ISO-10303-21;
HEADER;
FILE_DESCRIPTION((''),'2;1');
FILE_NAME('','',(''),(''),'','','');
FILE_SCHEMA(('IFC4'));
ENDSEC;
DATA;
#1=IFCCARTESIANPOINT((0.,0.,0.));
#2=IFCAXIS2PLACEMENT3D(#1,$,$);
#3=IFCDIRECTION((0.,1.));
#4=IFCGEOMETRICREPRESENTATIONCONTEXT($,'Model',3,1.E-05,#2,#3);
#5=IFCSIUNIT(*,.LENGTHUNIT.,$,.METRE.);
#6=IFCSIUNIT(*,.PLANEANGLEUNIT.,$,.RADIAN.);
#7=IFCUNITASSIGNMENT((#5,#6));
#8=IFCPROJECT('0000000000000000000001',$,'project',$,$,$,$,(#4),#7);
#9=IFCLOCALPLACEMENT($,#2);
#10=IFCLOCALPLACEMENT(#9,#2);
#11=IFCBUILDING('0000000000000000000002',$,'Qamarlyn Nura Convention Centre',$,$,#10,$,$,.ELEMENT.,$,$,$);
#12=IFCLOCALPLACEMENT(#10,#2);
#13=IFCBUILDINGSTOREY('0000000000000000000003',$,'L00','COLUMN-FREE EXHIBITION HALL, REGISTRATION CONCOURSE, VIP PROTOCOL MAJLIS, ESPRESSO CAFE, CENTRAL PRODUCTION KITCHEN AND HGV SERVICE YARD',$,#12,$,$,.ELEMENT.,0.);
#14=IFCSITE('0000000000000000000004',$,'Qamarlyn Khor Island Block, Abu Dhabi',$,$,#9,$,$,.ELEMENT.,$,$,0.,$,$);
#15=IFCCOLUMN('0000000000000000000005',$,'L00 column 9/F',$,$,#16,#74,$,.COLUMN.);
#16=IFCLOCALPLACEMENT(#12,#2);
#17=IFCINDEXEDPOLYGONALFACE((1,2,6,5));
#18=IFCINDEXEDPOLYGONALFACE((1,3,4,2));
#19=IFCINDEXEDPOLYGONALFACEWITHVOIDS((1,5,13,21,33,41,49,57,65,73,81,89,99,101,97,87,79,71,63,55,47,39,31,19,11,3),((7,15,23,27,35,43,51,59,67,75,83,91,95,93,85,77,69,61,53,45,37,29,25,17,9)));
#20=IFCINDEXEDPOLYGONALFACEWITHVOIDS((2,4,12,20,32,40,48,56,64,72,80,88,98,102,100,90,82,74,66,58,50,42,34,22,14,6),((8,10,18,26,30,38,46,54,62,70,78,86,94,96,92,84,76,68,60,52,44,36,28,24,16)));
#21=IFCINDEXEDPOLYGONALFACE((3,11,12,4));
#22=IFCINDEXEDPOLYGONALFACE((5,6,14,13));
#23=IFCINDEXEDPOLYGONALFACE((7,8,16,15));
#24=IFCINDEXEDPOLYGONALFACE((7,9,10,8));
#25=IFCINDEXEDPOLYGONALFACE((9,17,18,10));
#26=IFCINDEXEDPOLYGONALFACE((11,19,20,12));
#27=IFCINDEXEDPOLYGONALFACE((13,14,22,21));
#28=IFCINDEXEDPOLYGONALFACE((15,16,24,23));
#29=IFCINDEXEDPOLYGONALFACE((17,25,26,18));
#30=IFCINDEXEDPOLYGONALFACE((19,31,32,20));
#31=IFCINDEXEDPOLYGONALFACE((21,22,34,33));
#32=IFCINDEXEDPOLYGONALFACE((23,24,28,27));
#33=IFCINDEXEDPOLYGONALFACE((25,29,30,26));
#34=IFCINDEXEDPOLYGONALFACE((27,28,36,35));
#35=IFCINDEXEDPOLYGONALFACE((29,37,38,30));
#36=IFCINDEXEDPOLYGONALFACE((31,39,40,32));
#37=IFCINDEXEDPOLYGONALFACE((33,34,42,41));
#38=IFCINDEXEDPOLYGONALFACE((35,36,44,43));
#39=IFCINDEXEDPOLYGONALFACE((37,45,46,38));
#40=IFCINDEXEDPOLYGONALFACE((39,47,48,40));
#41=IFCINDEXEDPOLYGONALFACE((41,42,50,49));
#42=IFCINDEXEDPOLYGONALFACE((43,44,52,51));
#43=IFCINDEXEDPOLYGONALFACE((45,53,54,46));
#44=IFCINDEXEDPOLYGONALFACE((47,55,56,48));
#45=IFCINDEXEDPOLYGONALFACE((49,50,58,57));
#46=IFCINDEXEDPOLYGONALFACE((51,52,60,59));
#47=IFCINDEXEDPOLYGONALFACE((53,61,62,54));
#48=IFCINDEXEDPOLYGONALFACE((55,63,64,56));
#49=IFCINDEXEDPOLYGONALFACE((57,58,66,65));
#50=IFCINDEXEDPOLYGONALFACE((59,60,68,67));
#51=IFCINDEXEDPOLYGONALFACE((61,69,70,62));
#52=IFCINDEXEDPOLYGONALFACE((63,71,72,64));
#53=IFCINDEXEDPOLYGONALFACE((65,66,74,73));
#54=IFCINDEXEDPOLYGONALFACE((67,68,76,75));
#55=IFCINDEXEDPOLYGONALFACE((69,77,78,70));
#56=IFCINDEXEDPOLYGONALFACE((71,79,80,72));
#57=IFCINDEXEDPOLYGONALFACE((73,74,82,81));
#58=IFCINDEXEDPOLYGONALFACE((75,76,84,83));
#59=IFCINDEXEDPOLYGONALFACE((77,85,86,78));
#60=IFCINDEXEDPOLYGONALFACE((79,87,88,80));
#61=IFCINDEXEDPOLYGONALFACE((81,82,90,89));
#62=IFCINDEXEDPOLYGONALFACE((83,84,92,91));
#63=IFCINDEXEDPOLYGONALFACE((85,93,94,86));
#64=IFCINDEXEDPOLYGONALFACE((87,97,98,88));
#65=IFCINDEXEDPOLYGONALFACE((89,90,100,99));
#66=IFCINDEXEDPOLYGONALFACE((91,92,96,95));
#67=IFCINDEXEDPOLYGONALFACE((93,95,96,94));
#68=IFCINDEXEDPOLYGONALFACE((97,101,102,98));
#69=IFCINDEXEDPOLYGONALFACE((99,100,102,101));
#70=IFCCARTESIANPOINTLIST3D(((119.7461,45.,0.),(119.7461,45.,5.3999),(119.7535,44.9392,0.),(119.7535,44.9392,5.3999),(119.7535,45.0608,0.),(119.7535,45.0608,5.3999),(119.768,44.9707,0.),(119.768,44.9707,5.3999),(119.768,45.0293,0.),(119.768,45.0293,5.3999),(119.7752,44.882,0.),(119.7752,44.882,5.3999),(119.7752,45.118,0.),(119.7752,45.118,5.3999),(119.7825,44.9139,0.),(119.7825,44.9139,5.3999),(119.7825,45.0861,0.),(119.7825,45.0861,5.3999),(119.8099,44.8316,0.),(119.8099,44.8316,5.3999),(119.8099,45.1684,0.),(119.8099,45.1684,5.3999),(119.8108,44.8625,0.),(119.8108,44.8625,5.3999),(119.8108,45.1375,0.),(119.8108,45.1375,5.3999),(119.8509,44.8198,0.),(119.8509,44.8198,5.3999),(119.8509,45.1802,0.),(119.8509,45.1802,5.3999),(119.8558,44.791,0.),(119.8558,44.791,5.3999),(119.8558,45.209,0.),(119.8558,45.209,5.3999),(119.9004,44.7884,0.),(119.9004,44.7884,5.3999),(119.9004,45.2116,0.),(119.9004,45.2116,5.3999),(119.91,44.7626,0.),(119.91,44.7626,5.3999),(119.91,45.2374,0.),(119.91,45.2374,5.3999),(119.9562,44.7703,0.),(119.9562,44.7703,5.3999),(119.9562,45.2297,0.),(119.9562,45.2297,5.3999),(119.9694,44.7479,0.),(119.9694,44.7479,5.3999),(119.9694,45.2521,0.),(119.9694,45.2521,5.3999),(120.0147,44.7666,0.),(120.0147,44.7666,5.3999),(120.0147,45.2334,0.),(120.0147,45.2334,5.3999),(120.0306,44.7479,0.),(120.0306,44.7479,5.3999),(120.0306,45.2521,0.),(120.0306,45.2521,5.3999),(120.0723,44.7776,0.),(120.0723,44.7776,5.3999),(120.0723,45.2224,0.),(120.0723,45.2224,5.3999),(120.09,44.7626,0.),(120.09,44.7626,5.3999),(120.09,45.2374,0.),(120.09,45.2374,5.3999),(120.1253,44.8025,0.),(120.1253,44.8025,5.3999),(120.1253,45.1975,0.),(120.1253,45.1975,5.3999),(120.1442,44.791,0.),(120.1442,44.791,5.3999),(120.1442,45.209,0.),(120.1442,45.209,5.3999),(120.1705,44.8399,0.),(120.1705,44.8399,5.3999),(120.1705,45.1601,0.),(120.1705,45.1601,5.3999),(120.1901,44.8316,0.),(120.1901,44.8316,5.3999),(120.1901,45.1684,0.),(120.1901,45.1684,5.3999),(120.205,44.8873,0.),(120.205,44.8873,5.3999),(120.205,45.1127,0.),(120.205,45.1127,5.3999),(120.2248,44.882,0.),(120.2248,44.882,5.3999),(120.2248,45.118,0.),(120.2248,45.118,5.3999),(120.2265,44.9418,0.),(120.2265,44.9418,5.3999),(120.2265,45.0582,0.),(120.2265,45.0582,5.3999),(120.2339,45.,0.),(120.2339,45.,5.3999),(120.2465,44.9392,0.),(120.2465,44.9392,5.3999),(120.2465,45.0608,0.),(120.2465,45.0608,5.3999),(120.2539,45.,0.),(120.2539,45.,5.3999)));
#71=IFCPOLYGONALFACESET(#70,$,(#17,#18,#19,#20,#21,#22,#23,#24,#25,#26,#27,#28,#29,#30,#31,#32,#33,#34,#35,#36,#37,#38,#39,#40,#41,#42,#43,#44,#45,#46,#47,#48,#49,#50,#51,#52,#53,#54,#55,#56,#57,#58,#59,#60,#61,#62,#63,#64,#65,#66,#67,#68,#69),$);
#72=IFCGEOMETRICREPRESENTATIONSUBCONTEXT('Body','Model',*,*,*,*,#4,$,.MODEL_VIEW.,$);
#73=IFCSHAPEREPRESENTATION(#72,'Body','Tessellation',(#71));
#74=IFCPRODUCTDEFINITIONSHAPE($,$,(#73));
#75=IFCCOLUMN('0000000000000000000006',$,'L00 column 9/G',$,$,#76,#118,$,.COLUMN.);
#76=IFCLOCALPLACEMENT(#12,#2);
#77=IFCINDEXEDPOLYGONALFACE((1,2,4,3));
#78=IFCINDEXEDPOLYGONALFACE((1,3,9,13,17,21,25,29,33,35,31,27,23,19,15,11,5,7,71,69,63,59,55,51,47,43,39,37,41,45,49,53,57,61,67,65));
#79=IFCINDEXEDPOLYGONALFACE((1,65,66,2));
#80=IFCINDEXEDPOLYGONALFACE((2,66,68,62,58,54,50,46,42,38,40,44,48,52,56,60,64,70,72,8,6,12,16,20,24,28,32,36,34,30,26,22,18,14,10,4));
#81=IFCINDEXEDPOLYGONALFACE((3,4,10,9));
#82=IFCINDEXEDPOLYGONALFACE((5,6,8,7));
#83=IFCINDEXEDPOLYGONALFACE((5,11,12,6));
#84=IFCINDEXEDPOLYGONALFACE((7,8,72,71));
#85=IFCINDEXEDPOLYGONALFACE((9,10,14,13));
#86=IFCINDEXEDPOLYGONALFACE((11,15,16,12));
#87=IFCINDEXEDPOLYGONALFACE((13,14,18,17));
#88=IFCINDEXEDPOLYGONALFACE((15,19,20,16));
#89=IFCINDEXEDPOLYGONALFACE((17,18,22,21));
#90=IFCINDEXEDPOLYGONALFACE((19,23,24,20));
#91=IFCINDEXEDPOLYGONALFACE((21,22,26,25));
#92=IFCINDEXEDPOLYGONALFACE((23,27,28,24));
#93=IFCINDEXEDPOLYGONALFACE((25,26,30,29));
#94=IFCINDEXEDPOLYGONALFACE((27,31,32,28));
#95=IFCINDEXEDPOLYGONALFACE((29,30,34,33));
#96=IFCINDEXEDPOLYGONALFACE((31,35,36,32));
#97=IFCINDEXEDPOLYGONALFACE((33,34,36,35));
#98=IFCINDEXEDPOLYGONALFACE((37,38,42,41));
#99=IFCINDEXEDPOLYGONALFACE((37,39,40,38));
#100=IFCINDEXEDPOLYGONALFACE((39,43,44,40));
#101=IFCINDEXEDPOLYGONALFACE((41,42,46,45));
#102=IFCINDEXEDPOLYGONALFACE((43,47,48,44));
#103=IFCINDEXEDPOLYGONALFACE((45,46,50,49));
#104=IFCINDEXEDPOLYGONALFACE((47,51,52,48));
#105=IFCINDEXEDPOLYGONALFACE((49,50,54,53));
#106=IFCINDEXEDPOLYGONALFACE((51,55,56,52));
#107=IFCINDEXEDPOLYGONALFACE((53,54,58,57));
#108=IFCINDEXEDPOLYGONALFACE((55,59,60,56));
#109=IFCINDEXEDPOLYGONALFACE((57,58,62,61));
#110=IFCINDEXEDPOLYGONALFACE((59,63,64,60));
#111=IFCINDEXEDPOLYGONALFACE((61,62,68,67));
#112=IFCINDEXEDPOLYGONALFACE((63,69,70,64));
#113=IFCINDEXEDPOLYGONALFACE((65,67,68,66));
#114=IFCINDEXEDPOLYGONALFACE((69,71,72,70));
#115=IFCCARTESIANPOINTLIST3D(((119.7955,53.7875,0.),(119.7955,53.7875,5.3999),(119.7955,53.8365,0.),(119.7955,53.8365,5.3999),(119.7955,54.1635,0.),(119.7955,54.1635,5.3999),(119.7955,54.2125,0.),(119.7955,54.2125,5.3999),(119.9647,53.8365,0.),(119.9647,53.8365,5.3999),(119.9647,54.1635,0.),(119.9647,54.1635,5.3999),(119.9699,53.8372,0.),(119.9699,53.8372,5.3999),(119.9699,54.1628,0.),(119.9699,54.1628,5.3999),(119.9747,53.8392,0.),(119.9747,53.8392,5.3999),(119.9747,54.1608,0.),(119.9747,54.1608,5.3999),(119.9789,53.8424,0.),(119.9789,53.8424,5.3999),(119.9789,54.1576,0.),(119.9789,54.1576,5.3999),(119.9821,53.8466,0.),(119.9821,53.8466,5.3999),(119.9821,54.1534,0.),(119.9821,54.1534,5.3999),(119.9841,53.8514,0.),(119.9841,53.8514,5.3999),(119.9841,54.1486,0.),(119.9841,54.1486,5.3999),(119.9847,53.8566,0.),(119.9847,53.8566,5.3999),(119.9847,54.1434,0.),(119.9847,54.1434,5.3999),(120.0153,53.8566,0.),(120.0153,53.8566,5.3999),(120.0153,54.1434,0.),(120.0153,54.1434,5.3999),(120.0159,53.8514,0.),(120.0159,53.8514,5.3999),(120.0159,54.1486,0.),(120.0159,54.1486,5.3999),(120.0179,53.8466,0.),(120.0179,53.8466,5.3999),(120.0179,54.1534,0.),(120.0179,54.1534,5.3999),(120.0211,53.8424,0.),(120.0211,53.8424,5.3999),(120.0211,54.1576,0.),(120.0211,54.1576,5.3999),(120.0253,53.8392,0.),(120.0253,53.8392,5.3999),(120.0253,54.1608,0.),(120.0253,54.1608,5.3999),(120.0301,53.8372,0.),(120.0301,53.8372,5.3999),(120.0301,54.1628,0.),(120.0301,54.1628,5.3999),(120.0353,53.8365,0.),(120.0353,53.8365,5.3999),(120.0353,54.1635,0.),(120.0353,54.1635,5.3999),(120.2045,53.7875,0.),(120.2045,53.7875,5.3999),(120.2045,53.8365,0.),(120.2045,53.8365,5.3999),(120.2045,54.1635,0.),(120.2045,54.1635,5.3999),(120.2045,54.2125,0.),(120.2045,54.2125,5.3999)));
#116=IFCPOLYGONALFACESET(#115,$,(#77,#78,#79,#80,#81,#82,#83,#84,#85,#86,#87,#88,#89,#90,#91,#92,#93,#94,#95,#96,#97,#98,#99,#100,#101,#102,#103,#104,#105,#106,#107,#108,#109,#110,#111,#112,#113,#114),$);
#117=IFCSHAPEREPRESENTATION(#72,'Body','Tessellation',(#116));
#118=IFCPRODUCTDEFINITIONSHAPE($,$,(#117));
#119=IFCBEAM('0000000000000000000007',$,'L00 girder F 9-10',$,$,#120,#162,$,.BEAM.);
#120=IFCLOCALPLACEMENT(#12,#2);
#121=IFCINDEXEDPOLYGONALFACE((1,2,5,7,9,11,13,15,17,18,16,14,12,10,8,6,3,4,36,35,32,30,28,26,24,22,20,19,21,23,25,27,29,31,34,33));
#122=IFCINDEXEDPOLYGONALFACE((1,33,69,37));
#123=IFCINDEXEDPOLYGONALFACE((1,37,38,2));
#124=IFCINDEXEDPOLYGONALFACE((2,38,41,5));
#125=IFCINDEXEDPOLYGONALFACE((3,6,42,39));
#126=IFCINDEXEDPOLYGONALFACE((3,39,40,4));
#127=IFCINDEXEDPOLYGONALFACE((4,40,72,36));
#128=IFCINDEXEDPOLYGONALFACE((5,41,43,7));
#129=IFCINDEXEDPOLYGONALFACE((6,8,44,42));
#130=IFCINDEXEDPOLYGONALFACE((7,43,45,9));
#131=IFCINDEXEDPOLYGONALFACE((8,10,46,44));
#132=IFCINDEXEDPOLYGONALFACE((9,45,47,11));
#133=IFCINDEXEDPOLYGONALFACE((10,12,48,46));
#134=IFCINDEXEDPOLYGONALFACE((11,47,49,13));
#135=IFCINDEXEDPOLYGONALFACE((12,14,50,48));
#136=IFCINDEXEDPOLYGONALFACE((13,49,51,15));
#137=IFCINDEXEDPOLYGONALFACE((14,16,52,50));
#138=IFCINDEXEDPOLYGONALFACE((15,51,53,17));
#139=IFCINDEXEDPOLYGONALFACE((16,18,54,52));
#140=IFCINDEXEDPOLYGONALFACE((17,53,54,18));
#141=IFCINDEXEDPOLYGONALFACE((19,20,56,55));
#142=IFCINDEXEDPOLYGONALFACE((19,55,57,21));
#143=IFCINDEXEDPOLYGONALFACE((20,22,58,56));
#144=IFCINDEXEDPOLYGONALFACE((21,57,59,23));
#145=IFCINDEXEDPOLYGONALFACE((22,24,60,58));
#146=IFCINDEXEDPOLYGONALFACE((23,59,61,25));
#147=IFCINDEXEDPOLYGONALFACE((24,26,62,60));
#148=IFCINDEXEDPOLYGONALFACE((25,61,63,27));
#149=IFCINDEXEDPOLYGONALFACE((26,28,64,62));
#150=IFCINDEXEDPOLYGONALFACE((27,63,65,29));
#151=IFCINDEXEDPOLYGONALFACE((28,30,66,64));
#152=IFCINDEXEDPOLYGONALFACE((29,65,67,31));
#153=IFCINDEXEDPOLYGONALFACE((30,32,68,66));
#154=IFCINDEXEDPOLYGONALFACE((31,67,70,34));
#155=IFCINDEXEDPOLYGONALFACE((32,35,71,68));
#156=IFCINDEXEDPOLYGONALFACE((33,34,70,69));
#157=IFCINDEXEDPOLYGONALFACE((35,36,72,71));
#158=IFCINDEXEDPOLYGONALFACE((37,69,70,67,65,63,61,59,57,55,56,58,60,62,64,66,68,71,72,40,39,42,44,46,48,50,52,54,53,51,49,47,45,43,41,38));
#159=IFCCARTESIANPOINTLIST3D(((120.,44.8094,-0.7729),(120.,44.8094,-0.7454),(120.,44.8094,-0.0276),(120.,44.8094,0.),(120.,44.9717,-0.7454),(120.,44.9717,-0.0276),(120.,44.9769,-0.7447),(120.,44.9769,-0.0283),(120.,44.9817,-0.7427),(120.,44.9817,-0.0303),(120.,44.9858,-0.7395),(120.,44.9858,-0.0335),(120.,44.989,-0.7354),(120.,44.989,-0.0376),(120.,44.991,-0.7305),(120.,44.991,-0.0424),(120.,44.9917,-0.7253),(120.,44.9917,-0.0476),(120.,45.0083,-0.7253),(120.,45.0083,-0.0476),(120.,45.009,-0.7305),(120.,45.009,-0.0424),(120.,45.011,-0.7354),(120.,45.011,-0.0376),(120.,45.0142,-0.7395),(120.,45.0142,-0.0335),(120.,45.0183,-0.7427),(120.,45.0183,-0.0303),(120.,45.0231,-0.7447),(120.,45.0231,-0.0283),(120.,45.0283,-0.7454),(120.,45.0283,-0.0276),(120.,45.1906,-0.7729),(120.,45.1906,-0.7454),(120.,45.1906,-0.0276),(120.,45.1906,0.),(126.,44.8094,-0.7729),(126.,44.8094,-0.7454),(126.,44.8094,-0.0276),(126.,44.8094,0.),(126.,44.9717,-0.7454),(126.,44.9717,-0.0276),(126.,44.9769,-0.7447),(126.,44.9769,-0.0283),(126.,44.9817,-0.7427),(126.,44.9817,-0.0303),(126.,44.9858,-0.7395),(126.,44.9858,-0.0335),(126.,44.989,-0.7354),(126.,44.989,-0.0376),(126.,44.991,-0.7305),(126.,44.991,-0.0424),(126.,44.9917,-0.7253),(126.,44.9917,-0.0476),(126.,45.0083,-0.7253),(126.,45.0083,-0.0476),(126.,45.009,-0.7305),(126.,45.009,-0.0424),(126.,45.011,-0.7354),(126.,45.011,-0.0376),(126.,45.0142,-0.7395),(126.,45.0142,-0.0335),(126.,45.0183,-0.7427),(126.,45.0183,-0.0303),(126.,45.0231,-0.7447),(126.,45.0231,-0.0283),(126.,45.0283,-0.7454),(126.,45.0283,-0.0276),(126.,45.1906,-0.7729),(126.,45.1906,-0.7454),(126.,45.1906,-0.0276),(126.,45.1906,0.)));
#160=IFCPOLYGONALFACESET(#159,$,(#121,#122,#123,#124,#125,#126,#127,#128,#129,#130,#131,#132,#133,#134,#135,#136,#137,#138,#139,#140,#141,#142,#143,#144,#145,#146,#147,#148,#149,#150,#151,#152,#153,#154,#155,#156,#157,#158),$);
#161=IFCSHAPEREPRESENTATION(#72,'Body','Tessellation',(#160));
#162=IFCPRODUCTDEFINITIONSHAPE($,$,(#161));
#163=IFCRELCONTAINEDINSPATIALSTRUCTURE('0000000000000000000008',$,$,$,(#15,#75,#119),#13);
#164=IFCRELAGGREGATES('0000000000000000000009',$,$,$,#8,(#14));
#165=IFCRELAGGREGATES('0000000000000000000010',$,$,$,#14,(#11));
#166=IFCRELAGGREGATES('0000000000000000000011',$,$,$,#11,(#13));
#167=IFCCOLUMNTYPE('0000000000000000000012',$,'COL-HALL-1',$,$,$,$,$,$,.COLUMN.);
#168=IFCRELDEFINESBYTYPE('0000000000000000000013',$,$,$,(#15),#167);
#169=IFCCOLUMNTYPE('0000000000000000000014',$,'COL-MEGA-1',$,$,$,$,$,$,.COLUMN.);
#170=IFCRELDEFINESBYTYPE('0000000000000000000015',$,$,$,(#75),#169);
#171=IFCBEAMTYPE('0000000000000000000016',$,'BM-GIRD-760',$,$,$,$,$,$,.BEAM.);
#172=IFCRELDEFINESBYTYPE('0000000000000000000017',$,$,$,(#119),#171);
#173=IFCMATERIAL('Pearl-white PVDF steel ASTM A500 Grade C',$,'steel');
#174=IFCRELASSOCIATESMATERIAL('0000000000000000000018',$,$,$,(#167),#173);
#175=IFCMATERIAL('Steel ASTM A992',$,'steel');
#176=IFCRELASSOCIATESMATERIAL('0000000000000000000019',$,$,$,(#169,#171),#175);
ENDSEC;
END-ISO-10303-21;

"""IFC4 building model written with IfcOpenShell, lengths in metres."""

from ifc_helpers import new_model, si_unit, direction, frame, origin, origin_2d, place, context, subcontext, project, spatial, hollow_circle, i_section, extrude, material, material_profile, profile_set, type_object, element, save


model = new_model("IFC4")

# Units and contexts
model_context = context("Model", 3, precision=1e-05, world=origin(), true_north=direction((0.0, 1.0)))
body_context = subcontext(model_context, "Body", "Model", "MODEL_VIEW")
ifc_project = project(units=[si_unit("LENGTHUNIT", "METRE"), si_unit("PLANEANGLEUNIT", "RADIAN")], contexts=[model_context])

# Site, building, storey
site_placement = place(None, origin())
site = spatial("IfcSite", under=ifc_project, at=site_placement, Name="Qamarlyn Khor Island Block, Abu Dhabi", CompositionType="ELEMENT", RefElevation=0.0)
building_placement = place(site_placement, origin())
building = spatial("IfcBuilding", under=site, at=building_placement, Name="Qamarlyn Nura Convention Centre", CompositionType="ELEMENT")
storey_placement = place(building_placement, origin())
storey = spatial("IfcBuildingStorey", under=building, at=storey_placement, Name="L00", Description="COLUMN-FREE EXHIBITION HALL, REGISTRATION CONCOURSE, VIP PROTOCOL MAJLIS, ESPRESSO CAFE, CENTRAL PRODUCTION KITCHEN AND HGV SERVICE YARD", CompositionType="ELEMENT", Elevation=0.0)

# Columns
ifc_material_1 = material(Name="Pearl-white PVDF steel ASTM A500 Grade C", Category="steel")
ifc_material_profile_1 = material_profile(ifc_material_1, hollow_circle(Radius=0.2539, WallThickness=0.02, at=origin_2d()), Name="CHS508X20")
ifc_profile_set_1 = profile_set([ifc_material_profile_1], Name="Pearl-white PVDF steel ASTM A500 Grade C")
column_type_1 = type_object("IfcColumnType", Name="COL-HALL-1", PredefinedType="COLUMN", material=ifc_profile_set_1)
column_1_placement = place(storey_placement, frame((120.0, 45.0, 0.0), z_axis=(0.0, 0.0, 1.0), x_axis=(1.0, 0.0, 0.0)))
element("IfcColumn", 1, at=column_1_placement, inside=storey, type_object=column_type_1, Name="L00 column 9/F", PredefinedType="COLUMN", context=body_context, shape_type="SweptSolid", body=[
    extrude(hollow_circle(Radius=0.2539, WallThickness=0.02, at=origin_2d()), origin(), (0.0, 0.0, 1.0), 5.3999),
])
ifc_material_2 = material(Name="Steel ASTM A992", Category="steel")
ifc_material_profile_2 = material_profile(ifc_material_2, i_section(OverallWidth=0.4089, OverallDepth=0.425, WebThickness=0.0305, FlangeThickness=0.0491, FilletRadius=0.02, at=origin_2d()), Name="W360X421")
ifc_profile_set_2 = profile_set([ifc_material_profile_2], Name="Steel ASTM A992")
column_type_2 = type_object("IfcColumnType", Name="COL-MEGA-1", PredefinedType="COLUMN", material=ifc_profile_set_2)
column_2_placement = place(storey_placement, frame((120.0, 54.0, 0.0), z_axis=(0.0, 0.0, 1.0), x_axis=(1.0, 0.0, 0.0)))
element("IfcColumn", 2, at=column_2_placement, inside=storey, type_object=column_type_2, Name="L00 column 9/G", PredefinedType="COLUMN", context=body_context, shape_type="SweptSolid", body=[
    extrude(i_section(OverallWidth=0.4089, OverallDepth=0.425, WebThickness=0.0305, FlangeThickness=0.0491, FilletRadius=0.02, at=origin_2d()), origin(), (0.0, 0.0, 1.0), 5.3999),
])

# Beam
ifc_material_profile_3 = material_profile(ifc_material_2, i_section(OverallWidth=0.3811, OverallDepth=0.7729, WebThickness=0.0166, FlangeThickness=0.0276, FilletRadius=0.02, at=origin_2d()), Name="W760X257")
ifc_profile_set_3 = profile_set([ifc_material_profile_3], Name="Steel ASTM A992")
beam_type_1 = type_object("IfcBeamType", Name="BM-GIRD-760", PredefinedType="BEAM", material=ifc_profile_set_3)
beam_1_placement = place(storey_placement, frame((120.0, 45.0, -0.3865), z_axis=(1.0, 0.0, 0.0), x_axis=(0.0, 1.0, 0.0)))
element("IfcBeam", 3, at=beam_1_placement, inside=storey, type_object=beam_type_1, Name="L00 girder F 9-10", PredefinedType="BEAM", context=body_context, shape_type="SweptSolid", body=[
    extrude(i_section(OverallWidth=0.3811, OverallDepth=0.7729, WebThickness=0.0166, FlangeThickness=0.0276, FilletRadius=0.02, at=origin_2d()), origin(), (0.0, 0.0, 1.0), 6.0),
])

save(model, "model.ifc")
